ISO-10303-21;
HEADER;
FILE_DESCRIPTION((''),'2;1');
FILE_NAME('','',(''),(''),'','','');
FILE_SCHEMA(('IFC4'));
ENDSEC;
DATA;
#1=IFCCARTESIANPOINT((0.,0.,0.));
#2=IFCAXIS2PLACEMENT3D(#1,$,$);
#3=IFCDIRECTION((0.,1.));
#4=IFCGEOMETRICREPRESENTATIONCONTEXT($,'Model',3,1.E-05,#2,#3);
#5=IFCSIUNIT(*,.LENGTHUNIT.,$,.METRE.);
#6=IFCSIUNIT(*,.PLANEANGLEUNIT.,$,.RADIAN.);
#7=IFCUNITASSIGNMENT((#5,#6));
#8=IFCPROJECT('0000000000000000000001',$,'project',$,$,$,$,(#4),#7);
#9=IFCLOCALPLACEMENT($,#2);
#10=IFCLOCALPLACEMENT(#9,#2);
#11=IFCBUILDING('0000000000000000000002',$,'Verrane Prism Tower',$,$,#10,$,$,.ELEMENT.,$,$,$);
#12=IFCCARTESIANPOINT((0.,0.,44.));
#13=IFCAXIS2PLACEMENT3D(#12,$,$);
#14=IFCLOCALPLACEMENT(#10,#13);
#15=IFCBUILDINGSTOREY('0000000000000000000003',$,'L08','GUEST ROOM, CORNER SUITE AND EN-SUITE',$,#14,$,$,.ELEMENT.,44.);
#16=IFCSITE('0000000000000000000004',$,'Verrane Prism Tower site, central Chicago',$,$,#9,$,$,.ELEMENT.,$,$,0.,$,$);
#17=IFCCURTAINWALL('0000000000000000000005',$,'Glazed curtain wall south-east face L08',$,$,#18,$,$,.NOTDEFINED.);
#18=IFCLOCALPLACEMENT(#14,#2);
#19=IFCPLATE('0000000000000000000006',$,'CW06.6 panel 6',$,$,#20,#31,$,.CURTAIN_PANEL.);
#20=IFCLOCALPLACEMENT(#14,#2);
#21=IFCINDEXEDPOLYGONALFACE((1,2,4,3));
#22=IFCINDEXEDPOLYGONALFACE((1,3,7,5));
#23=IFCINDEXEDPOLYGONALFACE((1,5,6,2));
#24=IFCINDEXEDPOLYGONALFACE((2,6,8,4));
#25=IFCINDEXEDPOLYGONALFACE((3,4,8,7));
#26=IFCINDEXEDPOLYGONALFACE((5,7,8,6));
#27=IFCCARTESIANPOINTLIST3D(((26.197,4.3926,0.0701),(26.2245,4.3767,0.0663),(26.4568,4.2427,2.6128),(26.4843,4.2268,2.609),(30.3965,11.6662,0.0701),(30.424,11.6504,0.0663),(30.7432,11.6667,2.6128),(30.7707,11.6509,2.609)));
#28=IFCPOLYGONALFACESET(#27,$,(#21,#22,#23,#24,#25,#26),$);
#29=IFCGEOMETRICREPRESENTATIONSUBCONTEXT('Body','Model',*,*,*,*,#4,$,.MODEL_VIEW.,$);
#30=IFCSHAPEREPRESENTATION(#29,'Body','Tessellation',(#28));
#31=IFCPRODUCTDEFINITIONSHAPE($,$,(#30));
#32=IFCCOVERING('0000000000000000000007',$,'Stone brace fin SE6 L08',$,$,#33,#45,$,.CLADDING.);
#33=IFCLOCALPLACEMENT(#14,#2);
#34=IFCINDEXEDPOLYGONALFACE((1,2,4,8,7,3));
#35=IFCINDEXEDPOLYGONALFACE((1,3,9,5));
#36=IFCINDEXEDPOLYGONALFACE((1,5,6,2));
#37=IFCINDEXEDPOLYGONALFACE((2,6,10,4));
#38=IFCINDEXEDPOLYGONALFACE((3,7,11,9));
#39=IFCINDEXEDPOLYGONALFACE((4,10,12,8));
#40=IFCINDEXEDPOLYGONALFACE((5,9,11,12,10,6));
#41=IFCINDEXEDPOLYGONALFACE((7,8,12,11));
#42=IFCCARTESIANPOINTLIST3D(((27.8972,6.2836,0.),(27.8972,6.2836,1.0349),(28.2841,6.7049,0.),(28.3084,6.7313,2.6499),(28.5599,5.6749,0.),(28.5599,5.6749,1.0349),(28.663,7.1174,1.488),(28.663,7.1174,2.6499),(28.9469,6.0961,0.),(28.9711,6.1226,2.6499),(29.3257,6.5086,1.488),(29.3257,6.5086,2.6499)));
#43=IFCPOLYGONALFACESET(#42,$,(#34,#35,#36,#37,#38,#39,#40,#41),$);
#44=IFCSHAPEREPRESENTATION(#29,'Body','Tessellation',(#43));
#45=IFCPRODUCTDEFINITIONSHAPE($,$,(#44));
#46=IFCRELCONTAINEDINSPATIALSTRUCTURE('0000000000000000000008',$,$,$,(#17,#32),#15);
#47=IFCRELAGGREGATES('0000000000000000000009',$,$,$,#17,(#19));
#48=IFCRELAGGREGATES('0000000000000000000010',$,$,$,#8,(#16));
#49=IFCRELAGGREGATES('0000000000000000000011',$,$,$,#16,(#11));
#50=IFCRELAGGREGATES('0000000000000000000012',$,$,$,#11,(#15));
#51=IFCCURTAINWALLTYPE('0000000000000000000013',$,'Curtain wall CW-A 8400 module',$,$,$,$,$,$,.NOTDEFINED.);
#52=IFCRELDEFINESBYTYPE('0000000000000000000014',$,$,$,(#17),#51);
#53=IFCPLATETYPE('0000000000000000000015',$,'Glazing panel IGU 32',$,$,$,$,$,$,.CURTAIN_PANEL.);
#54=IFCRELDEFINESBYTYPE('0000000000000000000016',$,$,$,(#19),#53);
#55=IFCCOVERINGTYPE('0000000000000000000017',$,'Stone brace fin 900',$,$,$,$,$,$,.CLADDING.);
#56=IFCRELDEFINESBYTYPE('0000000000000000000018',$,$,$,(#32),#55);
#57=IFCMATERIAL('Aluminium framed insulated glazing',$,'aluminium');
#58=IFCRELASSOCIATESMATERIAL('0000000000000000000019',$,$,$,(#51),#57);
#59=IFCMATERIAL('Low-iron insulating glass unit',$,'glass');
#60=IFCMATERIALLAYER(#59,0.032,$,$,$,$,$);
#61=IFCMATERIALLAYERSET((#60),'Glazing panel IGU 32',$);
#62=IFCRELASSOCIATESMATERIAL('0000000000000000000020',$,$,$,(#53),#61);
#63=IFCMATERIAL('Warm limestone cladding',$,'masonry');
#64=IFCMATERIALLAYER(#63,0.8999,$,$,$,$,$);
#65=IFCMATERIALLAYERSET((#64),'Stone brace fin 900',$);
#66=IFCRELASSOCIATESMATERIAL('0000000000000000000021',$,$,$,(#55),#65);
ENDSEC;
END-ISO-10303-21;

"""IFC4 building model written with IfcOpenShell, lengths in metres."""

from ifc_helpers import new_model, si_unit, direction, frame, origin, place, context, subcontext, project, spatial, polyline, outline, extrude, material, layer, layer_set, type_object, element, aggregate, save


model = new_model("IFC4")

# Units and contexts
model_context = context("Model", 3, precision=1e-05, world=origin(), true_north=direction((0.0, 1.0)))
body_context = subcontext(model_context, "Body", "Model", "MODEL_VIEW")
ifc_project = project(units=[si_unit("LENGTHUNIT", "METRE"), si_unit("PLANEANGLEUNIT", "RADIAN")], contexts=[model_context])

# Site, building, storey
site_placement = place(None, origin())
site = spatial("IfcSite", under=ifc_project, at=site_placement, Name="Verrane Prism Tower site, central Chicago", CompositionType="ELEMENT", RefElevation=0.0)
building_placement = place(site_placement, origin())
building = spatial("IfcBuilding", under=site, at=building_placement, Name="Verrane Prism Tower", CompositionType="ELEMENT")
storey_placement = place(building_placement, frame((0.0, 0.0, 44.0)))
storey = spatial("IfcBuildingStorey", under=building, at=storey_placement, Name="L08", Description="GUEST ROOM, CORNER SUITE AND EN-SUITE", CompositionType="ELEMENT", Elevation=44.0)

# Curtain wall
ifc_material_1 = material(Name="Aluminium framed insulated glazing", Category="aluminium")
curtain_wall_type = type_object("IfcCurtainWallType", Name="Curtain wall CW-A 8400 module", PredefinedType="NOTDEFINED", material=ifc_material_1)
curtain_wall_placement = place(storey_placement, origin())
curtain_wall = element("IfcCurtainWall", 1, at=curtain_wall_placement, inside=storey, type_object=curtain_wall_type, Name="Glazed curtain wall south-east face L08", PredefinedType="NOTDEFINED")

# Plate
ifc_material_2 = material(Name="Low-iron insulating glass unit", Category="glass")
ifc_layer_1 = layer(ifc_material_2, 0.032)
ifc_layer_set_1 = layer_set([ifc_layer_1], Name="Glazing panel IGU 32")
plate_type = type_object("IfcPlateType", Name="Glazing panel IGU 32", PredefinedType="CURTAIN_PANEL", material=ifc_layer_set_1)
plate_placement = place(storey_placement, frame((26.197, 4.3926, 0.0701), z_axis=(-0.86006, 0.496561, 0.117152), x_axis=(0.500004, 0.866023, -0.000001)))
plate = element("IfcPlate", 2, at=plate_placement, type_object=plate_type, Name="CW06.6 panel 6", PredefinedType="CURTAIN_PANEL", context=body_context, shape_type="SweptSolid", body=[
    extrude(outline(polyline([(0.0, 0.0), (8.3989, 0.0), (8.5727, -2.5604), (0.0001, -2.5604), (0.0, 0.0)])), origin(), (0.0, 0.0, -1.0), 0.032),
])
aggregate(curtain_wall, [plate])

# Covering
ifc_material_3 = material(Name="Warm limestone cladding", Category="masonry")
ifc_layer_2 = layer(ifc_material_3, 0.8999)
ifc_layer_set_2 = layer_set([ifc_layer_2], Name="Stone brace fin 900")
covering_type = type_object("IfcCoveringType", Name="Stone brace fin 900", PredefinedType="CLADDING", material=ifc_layer_set_2)
covering_placement = place(storey_placement, frame((28.2285, 5.9792, 0.0), z_axis=(0.0, 0.0, 1.0), x_axis=(0.676496, 0.736447, 0.0)))
element("IfcCovering", 3, at=covering_placement, inside=storey, type_object=covering_type, Name="Stone brace fin SE6 L08", PredefinedType="CLADDING", context=body_context, shape_type="SweptSolid", body=[
    extrude(outline(polyline([(1.1321, 2.6499), (0.6079, 2.6499), (0.0, 1.0349), (0.0, 0.0), (0.572, 0.0), (1.1321, 1.488), (1.1321, 2.6499)])), frame((0.0, 0.45, 0.0), z_axis=(0.0, -1.0, 0.0), x_axis=(1.0, 0.0, 0.0)), (0.0, 0.0, 1.0), 0.8999),
])

save(model, "model.ifc")
